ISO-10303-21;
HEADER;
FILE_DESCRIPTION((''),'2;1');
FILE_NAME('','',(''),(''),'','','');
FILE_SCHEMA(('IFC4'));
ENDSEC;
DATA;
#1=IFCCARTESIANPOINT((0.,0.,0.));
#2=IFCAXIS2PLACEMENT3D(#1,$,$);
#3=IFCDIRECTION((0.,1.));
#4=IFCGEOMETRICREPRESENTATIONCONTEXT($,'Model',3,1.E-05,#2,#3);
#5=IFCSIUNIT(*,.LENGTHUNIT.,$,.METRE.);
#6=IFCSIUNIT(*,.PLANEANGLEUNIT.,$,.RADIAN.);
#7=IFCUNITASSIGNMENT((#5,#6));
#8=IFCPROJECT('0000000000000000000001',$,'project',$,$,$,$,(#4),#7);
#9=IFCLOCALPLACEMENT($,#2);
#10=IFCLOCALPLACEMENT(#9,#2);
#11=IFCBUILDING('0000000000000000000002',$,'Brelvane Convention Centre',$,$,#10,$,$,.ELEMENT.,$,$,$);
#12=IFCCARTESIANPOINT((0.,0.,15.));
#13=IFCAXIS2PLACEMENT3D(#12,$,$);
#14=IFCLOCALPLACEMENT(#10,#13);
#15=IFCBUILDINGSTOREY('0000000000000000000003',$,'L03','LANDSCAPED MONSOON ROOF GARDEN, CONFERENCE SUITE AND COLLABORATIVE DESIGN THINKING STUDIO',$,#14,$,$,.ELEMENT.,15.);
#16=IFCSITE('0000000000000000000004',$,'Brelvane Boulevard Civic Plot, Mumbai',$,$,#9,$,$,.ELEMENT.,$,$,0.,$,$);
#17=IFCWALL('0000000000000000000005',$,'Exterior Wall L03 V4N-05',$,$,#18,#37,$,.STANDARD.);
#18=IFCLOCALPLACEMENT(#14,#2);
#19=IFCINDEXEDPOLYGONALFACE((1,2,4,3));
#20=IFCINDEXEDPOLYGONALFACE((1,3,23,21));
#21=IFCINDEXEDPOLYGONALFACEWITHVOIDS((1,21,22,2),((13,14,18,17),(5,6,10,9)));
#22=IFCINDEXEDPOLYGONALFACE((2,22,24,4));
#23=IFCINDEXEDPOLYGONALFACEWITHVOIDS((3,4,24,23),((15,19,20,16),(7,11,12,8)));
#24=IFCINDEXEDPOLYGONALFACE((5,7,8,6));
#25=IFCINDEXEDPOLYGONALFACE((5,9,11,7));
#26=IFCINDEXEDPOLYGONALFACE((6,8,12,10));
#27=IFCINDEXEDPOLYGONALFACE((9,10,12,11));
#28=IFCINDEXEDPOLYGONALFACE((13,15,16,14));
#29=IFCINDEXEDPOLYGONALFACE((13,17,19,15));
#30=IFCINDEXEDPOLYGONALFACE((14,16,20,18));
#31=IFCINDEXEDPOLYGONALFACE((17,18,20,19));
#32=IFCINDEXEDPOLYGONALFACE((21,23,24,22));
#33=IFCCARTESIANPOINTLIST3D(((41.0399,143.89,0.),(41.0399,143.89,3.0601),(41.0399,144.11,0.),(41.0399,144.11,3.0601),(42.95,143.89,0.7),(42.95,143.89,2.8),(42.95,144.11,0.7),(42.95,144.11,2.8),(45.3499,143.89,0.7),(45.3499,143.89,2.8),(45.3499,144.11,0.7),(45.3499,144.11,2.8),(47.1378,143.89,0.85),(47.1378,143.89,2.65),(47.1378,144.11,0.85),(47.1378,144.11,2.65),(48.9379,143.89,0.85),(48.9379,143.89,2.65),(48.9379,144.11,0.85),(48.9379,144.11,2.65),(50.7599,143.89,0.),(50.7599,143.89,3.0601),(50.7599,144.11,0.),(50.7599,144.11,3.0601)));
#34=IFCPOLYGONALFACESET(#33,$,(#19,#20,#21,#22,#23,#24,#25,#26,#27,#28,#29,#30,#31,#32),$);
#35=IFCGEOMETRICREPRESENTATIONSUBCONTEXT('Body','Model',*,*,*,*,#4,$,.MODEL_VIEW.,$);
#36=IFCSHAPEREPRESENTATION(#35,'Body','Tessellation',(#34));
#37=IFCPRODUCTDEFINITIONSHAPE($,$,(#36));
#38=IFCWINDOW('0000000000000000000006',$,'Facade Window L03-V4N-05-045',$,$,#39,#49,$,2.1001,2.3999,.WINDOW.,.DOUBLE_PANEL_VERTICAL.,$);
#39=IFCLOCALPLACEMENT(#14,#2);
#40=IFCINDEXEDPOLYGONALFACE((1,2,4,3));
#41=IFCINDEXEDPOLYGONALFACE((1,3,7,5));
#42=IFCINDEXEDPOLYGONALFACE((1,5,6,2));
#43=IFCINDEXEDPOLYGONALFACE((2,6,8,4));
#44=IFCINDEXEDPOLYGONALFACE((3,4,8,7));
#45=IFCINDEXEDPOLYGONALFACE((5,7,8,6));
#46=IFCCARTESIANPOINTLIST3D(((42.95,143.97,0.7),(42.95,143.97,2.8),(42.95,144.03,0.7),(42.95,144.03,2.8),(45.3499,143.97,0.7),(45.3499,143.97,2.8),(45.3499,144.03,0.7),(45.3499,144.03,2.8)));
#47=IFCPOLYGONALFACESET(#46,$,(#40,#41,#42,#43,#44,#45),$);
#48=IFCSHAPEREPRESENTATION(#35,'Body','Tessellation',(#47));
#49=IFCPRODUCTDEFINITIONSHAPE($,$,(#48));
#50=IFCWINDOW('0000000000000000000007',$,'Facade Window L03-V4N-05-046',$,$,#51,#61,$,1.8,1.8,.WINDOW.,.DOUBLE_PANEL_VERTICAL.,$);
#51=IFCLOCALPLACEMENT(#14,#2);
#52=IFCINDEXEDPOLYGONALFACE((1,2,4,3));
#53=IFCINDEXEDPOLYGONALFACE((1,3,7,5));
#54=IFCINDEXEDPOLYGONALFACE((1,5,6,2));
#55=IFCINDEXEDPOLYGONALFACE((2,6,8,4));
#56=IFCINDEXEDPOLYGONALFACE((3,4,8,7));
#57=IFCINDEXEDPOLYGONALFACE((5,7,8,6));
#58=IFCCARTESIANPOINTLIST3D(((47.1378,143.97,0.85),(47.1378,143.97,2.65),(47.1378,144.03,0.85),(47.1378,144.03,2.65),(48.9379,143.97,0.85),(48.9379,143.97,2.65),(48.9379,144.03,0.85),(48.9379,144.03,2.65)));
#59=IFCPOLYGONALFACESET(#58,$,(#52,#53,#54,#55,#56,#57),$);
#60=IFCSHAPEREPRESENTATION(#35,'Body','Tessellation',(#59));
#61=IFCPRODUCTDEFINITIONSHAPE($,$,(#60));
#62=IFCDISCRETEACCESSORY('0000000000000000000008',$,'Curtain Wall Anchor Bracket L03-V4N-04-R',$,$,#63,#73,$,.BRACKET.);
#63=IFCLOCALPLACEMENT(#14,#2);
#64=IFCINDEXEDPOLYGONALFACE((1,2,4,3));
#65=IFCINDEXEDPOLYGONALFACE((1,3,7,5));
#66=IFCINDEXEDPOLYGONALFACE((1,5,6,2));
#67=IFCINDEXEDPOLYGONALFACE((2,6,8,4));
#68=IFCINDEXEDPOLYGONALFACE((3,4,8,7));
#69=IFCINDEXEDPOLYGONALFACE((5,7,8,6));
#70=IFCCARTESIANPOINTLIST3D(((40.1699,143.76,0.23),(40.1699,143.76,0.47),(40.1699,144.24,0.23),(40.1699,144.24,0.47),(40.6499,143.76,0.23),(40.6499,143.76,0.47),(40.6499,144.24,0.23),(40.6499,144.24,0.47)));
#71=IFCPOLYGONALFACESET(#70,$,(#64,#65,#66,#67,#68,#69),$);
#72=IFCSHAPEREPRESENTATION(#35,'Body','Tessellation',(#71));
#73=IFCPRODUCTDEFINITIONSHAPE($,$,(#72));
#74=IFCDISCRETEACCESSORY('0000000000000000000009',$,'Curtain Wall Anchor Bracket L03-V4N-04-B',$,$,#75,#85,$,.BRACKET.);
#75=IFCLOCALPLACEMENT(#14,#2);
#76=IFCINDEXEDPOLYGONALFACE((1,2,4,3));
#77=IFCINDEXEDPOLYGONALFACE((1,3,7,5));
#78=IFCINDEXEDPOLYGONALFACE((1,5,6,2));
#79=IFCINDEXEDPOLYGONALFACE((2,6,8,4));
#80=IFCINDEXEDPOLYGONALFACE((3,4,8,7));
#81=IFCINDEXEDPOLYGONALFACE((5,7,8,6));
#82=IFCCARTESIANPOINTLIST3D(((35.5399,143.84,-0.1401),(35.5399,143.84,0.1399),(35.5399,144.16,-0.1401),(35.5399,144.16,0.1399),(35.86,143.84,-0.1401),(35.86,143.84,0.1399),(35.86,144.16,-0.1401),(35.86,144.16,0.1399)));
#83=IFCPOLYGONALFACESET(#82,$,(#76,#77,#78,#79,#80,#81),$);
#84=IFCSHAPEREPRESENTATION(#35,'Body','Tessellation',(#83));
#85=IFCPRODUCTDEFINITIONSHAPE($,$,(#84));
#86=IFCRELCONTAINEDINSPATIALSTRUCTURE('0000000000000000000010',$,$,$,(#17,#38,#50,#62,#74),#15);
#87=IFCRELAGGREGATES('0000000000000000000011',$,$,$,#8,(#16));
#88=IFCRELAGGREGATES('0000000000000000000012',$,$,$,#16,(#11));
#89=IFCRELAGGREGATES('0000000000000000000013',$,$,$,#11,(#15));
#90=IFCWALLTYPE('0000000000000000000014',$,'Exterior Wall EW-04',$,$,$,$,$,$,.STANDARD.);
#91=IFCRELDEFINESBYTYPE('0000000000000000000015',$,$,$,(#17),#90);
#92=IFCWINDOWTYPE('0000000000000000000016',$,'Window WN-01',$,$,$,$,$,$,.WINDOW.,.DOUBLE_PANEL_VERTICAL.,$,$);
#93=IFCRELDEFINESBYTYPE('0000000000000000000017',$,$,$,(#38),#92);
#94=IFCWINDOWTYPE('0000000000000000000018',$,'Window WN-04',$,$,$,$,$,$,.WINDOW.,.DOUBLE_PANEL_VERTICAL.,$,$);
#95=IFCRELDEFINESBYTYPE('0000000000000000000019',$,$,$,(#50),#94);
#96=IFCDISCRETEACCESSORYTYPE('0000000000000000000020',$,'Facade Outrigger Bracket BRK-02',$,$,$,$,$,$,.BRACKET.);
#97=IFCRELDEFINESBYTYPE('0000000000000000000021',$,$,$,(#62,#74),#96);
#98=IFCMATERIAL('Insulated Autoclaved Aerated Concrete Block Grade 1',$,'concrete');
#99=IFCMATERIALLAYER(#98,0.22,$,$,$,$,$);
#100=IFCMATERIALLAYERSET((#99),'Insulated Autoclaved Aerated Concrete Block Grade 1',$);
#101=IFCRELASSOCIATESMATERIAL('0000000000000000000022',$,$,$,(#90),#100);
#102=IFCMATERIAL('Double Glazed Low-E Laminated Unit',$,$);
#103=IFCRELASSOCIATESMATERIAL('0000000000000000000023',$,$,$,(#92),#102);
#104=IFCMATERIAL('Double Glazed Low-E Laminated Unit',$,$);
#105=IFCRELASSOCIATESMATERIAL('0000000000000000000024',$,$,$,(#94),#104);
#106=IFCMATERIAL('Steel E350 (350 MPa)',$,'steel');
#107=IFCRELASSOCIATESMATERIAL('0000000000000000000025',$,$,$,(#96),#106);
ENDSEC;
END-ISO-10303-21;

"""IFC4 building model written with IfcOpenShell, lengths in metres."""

from ifc_helpers import new_model, si_unit, direction, frame, frame_2d, origin, origin_2d, place, context, subcontext, project, spatial, rectangle, extrude, material, layer, layer_set, type_object, element, fill, save


model = new_model("IFC4")

# Units and contexts
model_context = context("Model", 3, precision=1e-05, world=origin(), true_north=direction((0.0, 1.0)))
body_context = subcontext(model_context, "Body", "Model", "MODEL_VIEW")
ifc_project = project(units=[si_unit("LENGTHUNIT", "METRE"), si_unit("PLANEANGLEUNIT", "RADIAN")], contexts=[model_context])

# Site, building, storey
site_placement = place(None, origin())
site = spatial("IfcSite", under=ifc_project, at=site_placement, Name="Brelvane Boulevard Civic Plot, Mumbai", CompositionType="ELEMENT", RefElevation=0.0)
building_placement = place(site_placement, origin())
building = spatial("IfcBuilding", under=site, at=building_placement, Name="Brelvane Convention Centre", CompositionType="ELEMENT")
storey_placement = place(building_placement, frame((0.0, 0.0, 15.0)))
storey = spatial("IfcBuildingStorey", under=building, at=storey_placement, Name="L03", Description="LANDSCAPED MONSOON ROOF GARDEN, CONFERENCE SUITE AND COLLABORATIVE DESIGN THINKING STUDIO", CompositionType="ELEMENT", Elevation=15.0)

# Wall, openings, windows
ifc_material_1 = material(Name="Insulated Autoclaved Aerated Concrete Block Grade 1", Category="concrete")
ifc_layer_1 = layer(ifc_material_1, 0.22)
ifc_layer_set_1 = layer_set([ifc_layer_1], Name="Insulated Autoclaved Aerated Concrete Block Grade 1")
wall_type = type_object("IfcWallType", Name="Exterior Wall EW-04", PredefinedType="STANDARD", material=ifc_layer_set_1)
wall_placement = place(storey_placement, frame((41.04, 144.0, 0.0), z_axis=(0.0, 0.0, 1.0), x_axis=(1.0, 0.0, 0.0)))
wall = element("IfcWall", 1, at=wall_placement, inside=storey, type_object=wall_type, Name="Exterior Wall L03 V4N-05", PredefinedType="STANDARD", context=body_context, shape_type="SweptSolid", body=[
    extrude(rectangle(XDim=9.72, YDim=0.22, at=frame_2d((4.8599, 0.0))), origin(), (0.0, 0.0, 1.0), 3.0601),
])
opening_1_placement = place(wall_placement, frame((1.9099, 0.0, 0.7)))
opening_1 = element("IfcOpeningElement", 2, at=opening_1_placement, cuts=wall, PredefinedType="OPENING", context=body_context, shape_type="SweptSolid", body=[
    extrude(rectangle(XDim=2.3999, YDim=2.1001, at=frame_2d((1.2, 1.05))), frame((0.0, 0.1199, 0.0), z_axis=(0.0, -1.0, 0.0), x_axis=(1.0, 0.0, 0.0)), (0.0, 0.0, 1.0), 0.24),
])
opening_2_placement = place(wall_placement, frame((6.0979, 0.0, 0.8501)))
opening_2 = element("IfcOpeningElement", 3, at=opening_2_placement, cuts=wall, PredefinedType="OPENING", context=body_context, shape_type="SweptSolid", body=[
    extrude(rectangle(XDim=1.8, YDim=1.8, at=frame_2d((0.8999, 0.8999))), frame((0.0, 0.1199, 0.0), z_axis=(0.0, -1.0, 0.0), x_axis=(1.0, 0.0, 0.0)), (0.0, 0.0, 1.0), 0.24),
])
ifc_material_2 = material(Name="Double Glazed Low-E Laminated Unit")
window_type_1 = type_object("IfcWindowType", Name="Window WN-01", PartitioningType="DOUBLE_PANEL_VERTICAL", PredefinedType="WINDOW", material=ifc_material_2)
window_1_placement = place(opening_1_placement, origin())
window_1 = element("IfcWindow", 4, at=window_1_placement, inside=storey, type_object=window_type_1, Name="Facade Window L03-V4N-05-045", OverallHeight=2.1001, OverallWidth=2.3999, PartitioningType="DOUBLE_PANEL_VERTICAL", PredefinedType="WINDOW", context=body_context, shape_type="SweptSolid", body=[
    extrude(rectangle(XDim=2.3999, YDim=2.1001, at=frame_2d((1.2, 1.05))), frame((0.0, 0.03, 0.0), z_axis=(0.0, -1.0, 0.0), x_axis=(1.0, 0.0, 0.0)), (0.0, 0.0, 1.0), 0.0601),
])
fill(opening_1, window_1)
ifc_material_3 = material(Name="Double Glazed Low-E Laminated Unit")
window_type_2 = type_object("IfcWindowType", Name="Window WN-04", PartitioningType="DOUBLE_PANEL_VERTICAL", PredefinedType="WINDOW", material=ifc_material_3)
window_2_placement = place(opening_2_placement, origin())
window_2 = element("IfcWindow", 5, at=window_2_placement, inside=storey, type_object=window_type_2, Name="Facade Window L03-V4N-05-046", OverallHeight=1.8, OverallWidth=1.8, PartitioningType="DOUBLE_PANEL_VERTICAL", PredefinedType="WINDOW", context=body_context, shape_type="SweptSolid", body=[
    extrude(rectangle(XDim=1.8, YDim=1.8, at=frame_2d((0.8999, 0.8999))), frame((0.0, 0.03, 0.0), z_axis=(0.0, -1.0, 0.0), x_axis=(1.0, 0.0, 0.0)), (0.0, 0.0, 1.0), 0.0601),
])
fill(opening_2, window_2)

# Discrete accessories
ifc_material_4 = material(Name="Steel E350 (350 MPa)", Category="steel")
discrete_accessory_type = type_object("IfcDiscreteAccessoryType", Name="Facade Outrigger Bracket BRK-02", PredefinedType="BRACKET", material=ifc_material_4)
discrete_accessory_1_placement = place(storey_placement, frame((40.4099, 144.0, 0.23), z_axis=(0.0, 0.0, 1.0), x_axis=(1.0, 0.0, 0.0)))
element("IfcDiscreteAccessory", 6, at=discrete_accessory_1_placement, inside=storey, type_object=discrete_accessory_type, Name="Curtain Wall Anchor Bracket L03-V4N-04-R", PredefinedType="BRACKET", context=body_context, shape_type="SweptSolid", body=[
    extrude(rectangle(XDim=0.48, YDim=0.48, at=origin_2d()), origin(), (0.0, 0.0, 1.0), 0.24),
])
discrete_accessory_2_placement = place(storey_placement, frame((35.7, 144.0, -0.1401), z_axis=(0.0, 0.0, 1.0), x_axis=(1.0, 0.0, 0.0)))
element("IfcDiscreteAccessory", 7, at=discrete_accessory_2_placement, inside=storey, type_object=discrete_accessory_type, Name="Curtain Wall Anchor Bracket L03-V4N-04-B", PredefinedType="BRACKET", context=body_context, shape_type="SweptSolid", body=[
    extrude(rectangle(XDim=0.3201, YDim=0.3201, at=origin_2d()), origin(), (0.0, 0.0, 1.0), 0.28),
])

save(model, "model.ifc")
